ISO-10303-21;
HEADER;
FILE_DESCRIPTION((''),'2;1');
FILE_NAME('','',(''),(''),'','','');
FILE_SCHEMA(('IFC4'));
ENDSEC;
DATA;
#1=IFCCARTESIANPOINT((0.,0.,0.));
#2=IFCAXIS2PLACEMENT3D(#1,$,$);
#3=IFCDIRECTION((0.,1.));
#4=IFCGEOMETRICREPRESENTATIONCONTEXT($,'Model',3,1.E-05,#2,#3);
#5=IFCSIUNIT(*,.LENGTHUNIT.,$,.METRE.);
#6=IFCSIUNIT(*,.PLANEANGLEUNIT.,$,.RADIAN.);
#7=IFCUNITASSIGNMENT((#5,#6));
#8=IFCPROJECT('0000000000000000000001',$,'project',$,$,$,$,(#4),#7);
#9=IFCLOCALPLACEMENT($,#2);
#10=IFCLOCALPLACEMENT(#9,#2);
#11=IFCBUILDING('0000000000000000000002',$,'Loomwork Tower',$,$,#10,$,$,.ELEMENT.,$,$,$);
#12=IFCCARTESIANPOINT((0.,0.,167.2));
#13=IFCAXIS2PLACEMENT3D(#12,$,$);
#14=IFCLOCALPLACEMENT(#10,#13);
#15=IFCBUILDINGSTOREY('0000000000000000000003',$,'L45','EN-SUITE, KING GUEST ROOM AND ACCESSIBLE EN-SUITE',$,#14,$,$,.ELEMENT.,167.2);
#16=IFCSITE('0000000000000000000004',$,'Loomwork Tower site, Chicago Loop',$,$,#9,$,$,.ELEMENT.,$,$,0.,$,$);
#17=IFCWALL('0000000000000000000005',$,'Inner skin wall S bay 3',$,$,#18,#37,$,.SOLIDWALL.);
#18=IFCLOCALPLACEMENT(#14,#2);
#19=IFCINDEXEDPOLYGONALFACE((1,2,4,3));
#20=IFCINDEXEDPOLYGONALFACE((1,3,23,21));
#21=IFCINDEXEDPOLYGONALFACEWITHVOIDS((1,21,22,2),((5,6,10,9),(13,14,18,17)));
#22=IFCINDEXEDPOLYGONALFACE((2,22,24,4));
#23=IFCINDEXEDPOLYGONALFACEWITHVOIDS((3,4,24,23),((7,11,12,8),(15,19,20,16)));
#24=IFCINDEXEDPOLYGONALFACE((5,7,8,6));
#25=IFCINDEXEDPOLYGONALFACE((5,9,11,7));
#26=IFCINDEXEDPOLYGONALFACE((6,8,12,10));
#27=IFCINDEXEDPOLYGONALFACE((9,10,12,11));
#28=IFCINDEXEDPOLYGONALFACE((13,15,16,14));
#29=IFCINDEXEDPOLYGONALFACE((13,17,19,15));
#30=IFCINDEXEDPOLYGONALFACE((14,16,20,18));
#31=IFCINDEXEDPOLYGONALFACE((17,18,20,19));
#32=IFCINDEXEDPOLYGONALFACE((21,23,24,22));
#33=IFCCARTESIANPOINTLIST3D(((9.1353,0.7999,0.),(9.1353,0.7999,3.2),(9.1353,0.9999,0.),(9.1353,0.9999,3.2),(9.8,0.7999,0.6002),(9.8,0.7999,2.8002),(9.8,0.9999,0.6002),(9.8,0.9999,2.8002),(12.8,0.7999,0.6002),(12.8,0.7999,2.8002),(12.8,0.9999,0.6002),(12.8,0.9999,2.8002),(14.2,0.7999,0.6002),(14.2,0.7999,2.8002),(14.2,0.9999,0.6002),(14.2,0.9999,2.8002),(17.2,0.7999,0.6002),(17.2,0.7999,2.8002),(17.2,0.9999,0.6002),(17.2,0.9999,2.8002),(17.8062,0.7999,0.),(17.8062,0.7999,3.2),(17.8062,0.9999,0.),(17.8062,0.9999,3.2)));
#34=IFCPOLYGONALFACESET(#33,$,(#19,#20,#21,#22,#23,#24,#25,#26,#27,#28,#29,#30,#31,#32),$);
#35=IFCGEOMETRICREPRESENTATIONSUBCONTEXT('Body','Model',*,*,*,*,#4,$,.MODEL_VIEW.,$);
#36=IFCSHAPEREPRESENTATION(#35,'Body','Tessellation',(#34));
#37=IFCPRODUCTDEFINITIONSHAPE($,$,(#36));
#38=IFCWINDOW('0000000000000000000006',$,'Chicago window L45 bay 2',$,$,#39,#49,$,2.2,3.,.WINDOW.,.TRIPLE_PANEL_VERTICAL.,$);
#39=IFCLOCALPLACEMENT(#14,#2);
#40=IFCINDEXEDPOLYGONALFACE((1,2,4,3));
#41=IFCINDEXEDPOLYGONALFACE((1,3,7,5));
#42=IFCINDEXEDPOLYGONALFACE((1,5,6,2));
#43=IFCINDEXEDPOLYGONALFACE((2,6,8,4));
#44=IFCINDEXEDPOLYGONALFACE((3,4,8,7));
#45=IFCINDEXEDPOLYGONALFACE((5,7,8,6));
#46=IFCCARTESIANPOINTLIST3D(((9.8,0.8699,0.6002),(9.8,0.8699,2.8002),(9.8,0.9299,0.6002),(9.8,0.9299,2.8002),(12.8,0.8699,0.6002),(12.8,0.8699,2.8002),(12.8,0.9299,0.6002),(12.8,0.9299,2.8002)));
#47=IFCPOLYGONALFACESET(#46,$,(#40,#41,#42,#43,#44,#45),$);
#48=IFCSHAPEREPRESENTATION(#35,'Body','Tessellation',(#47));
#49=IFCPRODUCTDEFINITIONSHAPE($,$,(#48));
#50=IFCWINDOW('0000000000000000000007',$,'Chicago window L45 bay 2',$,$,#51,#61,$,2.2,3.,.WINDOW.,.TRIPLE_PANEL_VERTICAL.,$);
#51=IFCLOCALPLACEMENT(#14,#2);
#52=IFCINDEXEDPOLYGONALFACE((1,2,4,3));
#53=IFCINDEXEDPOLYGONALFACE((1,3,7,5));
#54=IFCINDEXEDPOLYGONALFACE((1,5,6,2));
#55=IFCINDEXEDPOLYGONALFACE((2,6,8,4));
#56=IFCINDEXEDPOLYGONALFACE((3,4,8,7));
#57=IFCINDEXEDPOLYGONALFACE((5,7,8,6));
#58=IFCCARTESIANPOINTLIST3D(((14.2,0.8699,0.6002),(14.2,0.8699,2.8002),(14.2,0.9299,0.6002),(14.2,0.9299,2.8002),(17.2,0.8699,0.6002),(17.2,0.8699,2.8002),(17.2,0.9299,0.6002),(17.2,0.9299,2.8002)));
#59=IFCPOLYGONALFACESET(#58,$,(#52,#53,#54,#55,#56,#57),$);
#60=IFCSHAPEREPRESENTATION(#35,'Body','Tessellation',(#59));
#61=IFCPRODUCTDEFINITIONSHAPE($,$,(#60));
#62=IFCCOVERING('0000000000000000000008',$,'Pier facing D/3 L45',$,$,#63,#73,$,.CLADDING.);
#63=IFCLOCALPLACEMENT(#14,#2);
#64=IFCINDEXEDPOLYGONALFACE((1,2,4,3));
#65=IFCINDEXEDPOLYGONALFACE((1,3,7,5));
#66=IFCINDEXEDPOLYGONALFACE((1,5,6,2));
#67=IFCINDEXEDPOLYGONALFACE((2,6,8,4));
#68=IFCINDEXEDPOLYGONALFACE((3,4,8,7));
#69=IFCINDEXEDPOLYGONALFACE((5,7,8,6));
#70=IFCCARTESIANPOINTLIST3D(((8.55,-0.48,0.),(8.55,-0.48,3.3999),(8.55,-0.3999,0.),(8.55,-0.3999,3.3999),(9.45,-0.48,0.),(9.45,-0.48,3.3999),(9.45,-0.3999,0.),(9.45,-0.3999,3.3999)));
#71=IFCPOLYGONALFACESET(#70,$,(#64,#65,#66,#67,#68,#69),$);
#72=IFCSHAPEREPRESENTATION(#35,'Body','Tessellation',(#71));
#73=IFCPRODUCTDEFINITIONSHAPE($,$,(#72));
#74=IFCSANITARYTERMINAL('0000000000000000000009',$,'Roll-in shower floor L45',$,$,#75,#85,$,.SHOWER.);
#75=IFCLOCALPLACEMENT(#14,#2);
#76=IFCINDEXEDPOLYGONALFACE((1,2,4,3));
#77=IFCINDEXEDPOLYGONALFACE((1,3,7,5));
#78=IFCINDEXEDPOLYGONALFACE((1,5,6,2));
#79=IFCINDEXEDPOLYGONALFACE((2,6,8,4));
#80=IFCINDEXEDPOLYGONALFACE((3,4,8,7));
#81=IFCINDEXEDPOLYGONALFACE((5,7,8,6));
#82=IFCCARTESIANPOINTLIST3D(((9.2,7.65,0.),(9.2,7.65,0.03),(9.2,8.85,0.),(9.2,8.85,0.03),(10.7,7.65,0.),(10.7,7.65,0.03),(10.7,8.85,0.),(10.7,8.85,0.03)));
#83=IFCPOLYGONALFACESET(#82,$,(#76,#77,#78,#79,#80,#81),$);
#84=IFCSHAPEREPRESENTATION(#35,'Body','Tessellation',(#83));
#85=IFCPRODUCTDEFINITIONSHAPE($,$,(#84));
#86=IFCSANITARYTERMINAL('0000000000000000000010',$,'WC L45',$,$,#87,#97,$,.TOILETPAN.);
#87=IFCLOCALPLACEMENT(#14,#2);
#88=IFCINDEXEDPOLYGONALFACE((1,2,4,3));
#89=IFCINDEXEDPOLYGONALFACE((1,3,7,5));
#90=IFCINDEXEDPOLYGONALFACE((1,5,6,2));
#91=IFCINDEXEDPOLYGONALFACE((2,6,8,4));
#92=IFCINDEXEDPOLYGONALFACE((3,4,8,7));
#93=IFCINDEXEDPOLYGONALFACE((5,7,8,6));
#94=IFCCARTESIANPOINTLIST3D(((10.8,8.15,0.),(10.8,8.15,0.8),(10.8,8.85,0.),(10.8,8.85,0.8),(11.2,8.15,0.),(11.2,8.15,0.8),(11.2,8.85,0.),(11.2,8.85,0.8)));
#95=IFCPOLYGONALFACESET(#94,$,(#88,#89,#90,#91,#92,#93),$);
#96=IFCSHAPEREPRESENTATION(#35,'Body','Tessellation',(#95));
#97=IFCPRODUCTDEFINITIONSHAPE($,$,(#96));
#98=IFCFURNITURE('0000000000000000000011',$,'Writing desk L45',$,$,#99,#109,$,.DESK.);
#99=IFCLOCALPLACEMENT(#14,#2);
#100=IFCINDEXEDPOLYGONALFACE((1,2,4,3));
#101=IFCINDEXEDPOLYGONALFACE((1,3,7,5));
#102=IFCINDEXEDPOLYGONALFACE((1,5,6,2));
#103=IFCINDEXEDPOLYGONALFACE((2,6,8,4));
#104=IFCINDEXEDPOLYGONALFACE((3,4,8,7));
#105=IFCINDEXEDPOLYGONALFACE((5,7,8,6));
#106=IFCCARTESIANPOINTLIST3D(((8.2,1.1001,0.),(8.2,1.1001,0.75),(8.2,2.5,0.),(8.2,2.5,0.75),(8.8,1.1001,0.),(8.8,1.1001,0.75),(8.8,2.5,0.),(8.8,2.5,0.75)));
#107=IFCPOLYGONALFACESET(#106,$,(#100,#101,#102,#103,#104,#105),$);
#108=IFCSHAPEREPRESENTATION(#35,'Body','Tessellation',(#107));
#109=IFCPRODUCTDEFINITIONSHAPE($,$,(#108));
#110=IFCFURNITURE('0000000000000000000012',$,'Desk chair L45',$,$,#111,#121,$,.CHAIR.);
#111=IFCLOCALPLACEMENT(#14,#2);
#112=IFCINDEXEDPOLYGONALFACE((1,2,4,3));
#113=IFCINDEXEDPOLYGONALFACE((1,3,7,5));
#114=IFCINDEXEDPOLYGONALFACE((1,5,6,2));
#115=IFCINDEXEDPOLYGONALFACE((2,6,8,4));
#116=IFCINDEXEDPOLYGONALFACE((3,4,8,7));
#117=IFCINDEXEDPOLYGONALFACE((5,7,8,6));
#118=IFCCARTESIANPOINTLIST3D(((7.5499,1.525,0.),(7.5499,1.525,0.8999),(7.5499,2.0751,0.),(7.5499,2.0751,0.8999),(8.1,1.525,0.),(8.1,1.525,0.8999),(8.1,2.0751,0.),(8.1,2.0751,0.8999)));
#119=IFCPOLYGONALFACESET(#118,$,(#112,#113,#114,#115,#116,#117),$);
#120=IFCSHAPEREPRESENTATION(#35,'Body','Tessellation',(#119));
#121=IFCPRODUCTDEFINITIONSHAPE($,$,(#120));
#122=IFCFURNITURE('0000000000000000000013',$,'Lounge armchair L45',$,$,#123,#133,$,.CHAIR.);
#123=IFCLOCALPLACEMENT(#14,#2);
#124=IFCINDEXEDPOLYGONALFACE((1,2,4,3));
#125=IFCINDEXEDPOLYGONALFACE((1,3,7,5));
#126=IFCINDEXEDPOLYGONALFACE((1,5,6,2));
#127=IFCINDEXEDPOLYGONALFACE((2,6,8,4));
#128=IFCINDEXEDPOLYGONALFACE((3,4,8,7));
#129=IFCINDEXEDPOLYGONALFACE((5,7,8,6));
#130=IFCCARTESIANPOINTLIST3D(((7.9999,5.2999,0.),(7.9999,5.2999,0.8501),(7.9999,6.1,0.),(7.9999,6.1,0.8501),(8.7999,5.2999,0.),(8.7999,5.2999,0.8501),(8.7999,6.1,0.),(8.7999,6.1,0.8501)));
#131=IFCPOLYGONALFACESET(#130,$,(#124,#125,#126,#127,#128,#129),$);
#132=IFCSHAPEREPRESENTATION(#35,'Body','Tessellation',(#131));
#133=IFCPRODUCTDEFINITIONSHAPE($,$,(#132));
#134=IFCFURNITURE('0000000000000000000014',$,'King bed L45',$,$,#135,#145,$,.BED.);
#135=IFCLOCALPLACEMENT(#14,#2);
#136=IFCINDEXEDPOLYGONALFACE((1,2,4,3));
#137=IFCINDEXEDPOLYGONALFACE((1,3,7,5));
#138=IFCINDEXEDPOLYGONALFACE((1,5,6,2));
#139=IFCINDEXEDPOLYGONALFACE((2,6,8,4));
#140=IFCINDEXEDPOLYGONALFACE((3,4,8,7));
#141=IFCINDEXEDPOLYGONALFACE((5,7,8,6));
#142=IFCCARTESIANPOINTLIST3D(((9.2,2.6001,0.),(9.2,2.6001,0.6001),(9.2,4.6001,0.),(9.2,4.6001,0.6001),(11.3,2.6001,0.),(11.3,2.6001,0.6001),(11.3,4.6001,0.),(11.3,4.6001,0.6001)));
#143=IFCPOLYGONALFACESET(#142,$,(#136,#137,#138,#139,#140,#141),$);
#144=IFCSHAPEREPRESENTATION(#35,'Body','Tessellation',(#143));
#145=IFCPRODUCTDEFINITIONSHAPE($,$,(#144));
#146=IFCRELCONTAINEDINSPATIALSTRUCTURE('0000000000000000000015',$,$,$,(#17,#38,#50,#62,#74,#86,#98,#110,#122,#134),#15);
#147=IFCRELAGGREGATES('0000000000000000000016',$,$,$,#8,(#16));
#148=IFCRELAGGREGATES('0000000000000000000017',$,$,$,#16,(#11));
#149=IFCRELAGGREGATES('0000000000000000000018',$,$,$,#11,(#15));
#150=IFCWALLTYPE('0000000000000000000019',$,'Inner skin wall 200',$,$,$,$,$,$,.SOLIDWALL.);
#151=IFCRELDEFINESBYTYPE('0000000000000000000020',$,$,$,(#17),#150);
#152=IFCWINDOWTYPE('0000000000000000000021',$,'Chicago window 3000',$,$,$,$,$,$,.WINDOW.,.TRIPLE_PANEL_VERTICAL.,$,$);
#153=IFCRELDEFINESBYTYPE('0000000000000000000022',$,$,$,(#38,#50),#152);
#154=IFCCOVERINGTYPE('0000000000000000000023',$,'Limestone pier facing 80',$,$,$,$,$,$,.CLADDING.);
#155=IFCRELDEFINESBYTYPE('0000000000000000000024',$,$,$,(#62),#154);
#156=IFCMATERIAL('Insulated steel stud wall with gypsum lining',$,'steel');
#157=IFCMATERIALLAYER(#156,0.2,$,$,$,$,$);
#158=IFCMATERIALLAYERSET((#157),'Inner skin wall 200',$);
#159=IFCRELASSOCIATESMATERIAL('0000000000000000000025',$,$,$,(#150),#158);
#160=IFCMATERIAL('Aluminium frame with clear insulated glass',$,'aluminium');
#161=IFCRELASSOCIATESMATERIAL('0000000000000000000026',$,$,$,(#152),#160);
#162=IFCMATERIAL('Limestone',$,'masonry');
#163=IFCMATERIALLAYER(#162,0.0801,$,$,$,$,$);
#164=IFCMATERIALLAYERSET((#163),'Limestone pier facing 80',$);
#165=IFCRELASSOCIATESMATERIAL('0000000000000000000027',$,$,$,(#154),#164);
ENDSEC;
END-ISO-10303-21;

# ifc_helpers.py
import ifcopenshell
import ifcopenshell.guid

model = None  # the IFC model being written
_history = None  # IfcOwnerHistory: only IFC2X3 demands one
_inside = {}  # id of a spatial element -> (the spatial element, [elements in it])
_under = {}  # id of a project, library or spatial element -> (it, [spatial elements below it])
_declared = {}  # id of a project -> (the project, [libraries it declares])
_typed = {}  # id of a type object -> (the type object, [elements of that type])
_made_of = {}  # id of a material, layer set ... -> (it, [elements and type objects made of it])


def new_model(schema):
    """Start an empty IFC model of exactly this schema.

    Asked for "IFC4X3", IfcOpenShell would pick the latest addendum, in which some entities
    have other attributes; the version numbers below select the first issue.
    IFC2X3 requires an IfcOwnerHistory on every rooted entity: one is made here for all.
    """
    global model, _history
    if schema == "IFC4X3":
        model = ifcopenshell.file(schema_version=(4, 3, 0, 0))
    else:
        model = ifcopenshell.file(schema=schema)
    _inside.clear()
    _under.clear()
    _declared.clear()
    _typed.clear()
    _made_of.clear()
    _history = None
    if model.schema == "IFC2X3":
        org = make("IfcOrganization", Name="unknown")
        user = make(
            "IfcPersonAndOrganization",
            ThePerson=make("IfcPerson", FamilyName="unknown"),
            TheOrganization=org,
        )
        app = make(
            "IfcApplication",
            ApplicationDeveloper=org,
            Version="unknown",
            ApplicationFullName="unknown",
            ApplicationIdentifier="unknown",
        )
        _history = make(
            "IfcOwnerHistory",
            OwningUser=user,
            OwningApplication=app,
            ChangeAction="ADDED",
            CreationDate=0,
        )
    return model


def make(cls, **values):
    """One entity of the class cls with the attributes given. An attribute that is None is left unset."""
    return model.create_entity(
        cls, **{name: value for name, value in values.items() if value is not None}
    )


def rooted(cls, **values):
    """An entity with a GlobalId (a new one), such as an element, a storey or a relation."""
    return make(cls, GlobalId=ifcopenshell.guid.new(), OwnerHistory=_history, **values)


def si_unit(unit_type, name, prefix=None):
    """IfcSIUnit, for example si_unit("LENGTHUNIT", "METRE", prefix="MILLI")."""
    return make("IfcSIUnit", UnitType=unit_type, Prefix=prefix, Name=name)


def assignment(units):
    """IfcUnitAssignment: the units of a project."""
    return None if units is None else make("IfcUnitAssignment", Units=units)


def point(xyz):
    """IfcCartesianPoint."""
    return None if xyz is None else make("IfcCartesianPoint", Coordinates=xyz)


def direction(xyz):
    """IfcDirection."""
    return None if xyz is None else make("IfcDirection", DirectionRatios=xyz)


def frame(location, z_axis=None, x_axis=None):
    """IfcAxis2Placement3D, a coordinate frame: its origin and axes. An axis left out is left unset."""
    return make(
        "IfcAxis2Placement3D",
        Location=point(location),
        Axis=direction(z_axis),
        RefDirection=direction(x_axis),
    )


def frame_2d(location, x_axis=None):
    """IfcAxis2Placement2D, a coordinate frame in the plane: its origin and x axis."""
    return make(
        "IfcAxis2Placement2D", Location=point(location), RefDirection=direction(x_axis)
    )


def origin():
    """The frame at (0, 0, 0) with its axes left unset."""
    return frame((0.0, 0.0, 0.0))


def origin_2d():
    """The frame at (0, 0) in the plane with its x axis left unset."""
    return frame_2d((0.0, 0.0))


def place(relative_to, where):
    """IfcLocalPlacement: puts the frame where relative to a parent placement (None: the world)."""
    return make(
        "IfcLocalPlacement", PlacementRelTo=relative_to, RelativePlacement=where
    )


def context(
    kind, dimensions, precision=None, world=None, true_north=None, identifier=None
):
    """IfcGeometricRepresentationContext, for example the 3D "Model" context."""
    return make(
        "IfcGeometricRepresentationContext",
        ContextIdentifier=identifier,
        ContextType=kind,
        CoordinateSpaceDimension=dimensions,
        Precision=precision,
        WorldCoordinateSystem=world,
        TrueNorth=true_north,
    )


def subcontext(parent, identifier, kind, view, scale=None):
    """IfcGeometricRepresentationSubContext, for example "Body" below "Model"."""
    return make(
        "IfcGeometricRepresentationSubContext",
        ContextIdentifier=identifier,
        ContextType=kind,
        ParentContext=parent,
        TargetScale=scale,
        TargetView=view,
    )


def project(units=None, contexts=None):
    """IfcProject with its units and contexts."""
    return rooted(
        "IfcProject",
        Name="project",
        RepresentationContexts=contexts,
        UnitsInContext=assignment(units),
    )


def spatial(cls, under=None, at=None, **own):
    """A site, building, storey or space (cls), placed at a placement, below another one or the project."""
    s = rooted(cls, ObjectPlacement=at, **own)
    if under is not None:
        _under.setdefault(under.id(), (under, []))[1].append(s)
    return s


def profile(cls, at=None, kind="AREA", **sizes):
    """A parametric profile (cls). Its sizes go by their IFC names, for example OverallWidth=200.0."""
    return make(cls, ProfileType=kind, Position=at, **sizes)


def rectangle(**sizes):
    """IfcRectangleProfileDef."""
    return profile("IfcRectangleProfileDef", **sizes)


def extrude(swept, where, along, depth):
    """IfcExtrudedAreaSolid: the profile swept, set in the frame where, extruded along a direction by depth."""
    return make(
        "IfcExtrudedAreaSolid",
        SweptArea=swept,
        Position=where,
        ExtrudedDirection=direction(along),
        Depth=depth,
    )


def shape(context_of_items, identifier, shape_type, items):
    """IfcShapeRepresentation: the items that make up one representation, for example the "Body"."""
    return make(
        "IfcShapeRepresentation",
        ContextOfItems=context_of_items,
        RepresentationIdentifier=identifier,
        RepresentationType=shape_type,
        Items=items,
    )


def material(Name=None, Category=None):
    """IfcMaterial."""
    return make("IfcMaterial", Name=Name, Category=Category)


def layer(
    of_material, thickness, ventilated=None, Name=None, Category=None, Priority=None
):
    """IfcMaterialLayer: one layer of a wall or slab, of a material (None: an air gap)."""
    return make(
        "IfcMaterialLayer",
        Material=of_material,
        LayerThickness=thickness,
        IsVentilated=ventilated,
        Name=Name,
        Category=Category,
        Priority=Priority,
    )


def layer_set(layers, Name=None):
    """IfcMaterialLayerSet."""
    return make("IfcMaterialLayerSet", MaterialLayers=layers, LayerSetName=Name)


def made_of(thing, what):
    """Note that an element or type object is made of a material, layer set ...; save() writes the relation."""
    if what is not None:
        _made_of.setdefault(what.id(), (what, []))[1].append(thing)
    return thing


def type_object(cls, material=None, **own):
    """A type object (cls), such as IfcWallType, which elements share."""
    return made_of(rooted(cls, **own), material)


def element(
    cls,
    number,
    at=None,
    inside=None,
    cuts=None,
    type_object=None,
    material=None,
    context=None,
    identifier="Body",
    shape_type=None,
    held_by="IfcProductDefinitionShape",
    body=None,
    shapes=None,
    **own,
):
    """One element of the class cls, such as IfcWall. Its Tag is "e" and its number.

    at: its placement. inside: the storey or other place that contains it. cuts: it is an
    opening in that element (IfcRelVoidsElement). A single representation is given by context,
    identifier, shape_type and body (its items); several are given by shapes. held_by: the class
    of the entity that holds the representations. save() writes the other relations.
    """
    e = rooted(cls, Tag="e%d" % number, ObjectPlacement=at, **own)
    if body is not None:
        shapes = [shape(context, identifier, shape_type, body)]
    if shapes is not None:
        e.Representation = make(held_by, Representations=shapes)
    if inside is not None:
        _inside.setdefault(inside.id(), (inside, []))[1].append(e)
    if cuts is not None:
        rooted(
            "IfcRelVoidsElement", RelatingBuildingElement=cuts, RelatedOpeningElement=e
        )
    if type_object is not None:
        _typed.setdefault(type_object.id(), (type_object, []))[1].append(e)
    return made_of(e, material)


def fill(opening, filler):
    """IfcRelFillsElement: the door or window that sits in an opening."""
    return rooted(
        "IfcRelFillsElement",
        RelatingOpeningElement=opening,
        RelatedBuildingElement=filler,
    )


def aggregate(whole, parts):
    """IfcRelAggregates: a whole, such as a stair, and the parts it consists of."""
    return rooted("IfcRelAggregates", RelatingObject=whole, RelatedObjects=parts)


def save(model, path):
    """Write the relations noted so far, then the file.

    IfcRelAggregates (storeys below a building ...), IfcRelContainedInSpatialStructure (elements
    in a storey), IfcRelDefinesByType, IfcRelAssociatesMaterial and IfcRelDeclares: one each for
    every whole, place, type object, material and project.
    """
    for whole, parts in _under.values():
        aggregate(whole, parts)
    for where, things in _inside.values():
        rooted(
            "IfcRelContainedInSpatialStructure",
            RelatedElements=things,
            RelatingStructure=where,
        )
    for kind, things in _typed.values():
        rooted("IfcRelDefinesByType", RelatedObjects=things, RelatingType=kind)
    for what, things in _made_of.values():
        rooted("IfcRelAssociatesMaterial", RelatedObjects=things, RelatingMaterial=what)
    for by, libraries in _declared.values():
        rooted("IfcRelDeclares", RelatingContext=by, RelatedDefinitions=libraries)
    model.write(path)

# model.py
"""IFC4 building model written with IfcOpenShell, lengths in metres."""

from ifc_helpers import new_model, si_unit, direction, frame, frame_2d, origin, origin_2d, place, context, subcontext, project, spatial, rectangle, extrude, material, layer, layer_set, type_object, element, fill, save


model = new_model("IFC4")

# Units and contexts
model_context = context("Model", 3, precision=1e-05, world=origin(), true_north=direction((0.0, 1.0)))
body_context = subcontext(model_context, "Body", "Model", "MODEL_VIEW")
ifc_project = project(units=[si_unit("LENGTHUNIT", "METRE"), si_unit("PLANEANGLEUNIT", "RADIAN")], contexts=[model_context])

# Site, building, storey
site_placement = place(None, origin())
site = spatial("IfcSite", under=ifc_project, at=site_placement, Name="Loomwork Tower site, Chicago Loop", CompositionType="ELEMENT", RefElevation=0.0)
building_placement = place(site_placement, origin())
building = spatial("IfcBuilding", under=site, at=building_placement, Name="Loomwork Tower", CompositionType="ELEMENT")
storey_placement = place(building_placement, frame((0.0, 0.0, 167.2)))
storey = spatial("IfcBuildingStorey", under=building, at=storey_placement, Name="L45", Description="EN-SUITE, KING GUEST ROOM AND ACCESSIBLE EN-SUITE", CompositionType="ELEMENT", Elevation=167.2)

# Shared definitions
ifc_material_1 = material(Name="Insulated steel stud wall with gypsum lining", Category="steel")
ifc_layer_1 = layer(ifc_material_1, 0.2)
ifc_layer_set_1 = layer_set([ifc_layer_1], Name="Inner skin wall 200")
wall_type_1 = type_object("IfcWallType", Name="Inner skin wall 200", PredefinedType="SOLIDWALL", material=ifc_layer_set_1)

# Wall, openings, windows
wall_1_placement = place(storey_placement, frame((9.1353, 0.8999, 0.0), z_axis=(0.0, 0.0, 1.0), x_axis=(1.0, 0.0, 0.0)))
wall_1 = element("IfcWall", 1, at=wall_1_placement, inside=storey, type_object=wall_type_1, Name="Inner skin wall S bay 3", PredefinedType="SOLIDWALL", context=body_context, shape_type="SweptSolid", body=[
    extrude(rectangle(XDim=8.6709, YDim=0.2, at=frame_2d((4.3354, 0.0))), origin(), (0.0, 0.0, 1.0), 3.2),
])
opening_1_placement = place(wall_1_placement, frame((0.6648, 0.0, 0.6001)))
opening_1 = element("IfcOpeningElement", 2, at=opening_1_placement, cuts=wall_1, PredefinedType="OPENING", context=body_context, shape_type="SweptSolid", body=[
    extrude(rectangle(XDim=3.0, YDim=2.2, at=frame_2d((1.5, 1.1001))), frame((0.0, 0.1099, 0.0), z_axis=(0.0, -1.0, 0.0), x_axis=(1.0, 0.0, 0.0)), (0.0, 0.0, 1.0), 0.22),
])
opening_2_placement = place(wall_1_placement, frame((5.0647, 0.0, 0.6001)))
opening_2 = element("IfcOpeningElement", 3, at=opening_2_placement, cuts=wall_1, PredefinedType="OPENING", context=body_context, shape_type="SweptSolid", body=[
    extrude(rectangle(XDim=3.0, YDim=2.2, at=frame_2d((1.5, 1.1001))), frame((0.0, 0.1099, 0.0), z_axis=(0.0, -1.0, 0.0), x_axis=(1.0, 0.0, 0.0)), (0.0, 0.0, 1.0), 0.22),
])
ifc_material_2 = material(Name="Aluminium frame with clear insulated glass", Category="aluminium")
window_type = type_object("IfcWindowType", Name="Chicago window 3000", PartitioningType="TRIPLE_PANEL_VERTICAL", PredefinedType="WINDOW", material=ifc_material_2)
window_1_placement = place(opening_1_placement, origin())
window_1 = element("IfcWindow", 4, at=window_1_placement, inside=storey, type_object=window_type, Name="Chicago window L45 bay 2", OverallHeight=2.2, OverallWidth=3.0, PartitioningType="TRIPLE_PANEL_VERTICAL", PredefinedType="WINDOW", context=body_context, shape_type="SweptSolid", body=[
    extrude(rectangle(XDim=3.0, YDim=2.2, at=frame_2d((1.5, 1.1001))), frame((0.0, 0.03, 0.0), z_axis=(0.0, -1.0, 0.0), x_axis=(1.0, 0.0, 0.0)), (0.0, 0.0, 1.0), 0.0601),
])
fill(opening_1, window_1)
window_2_placement = place(opening_2_placement, origin())
window_2 = element("IfcWindow", 5, at=window_2_placement, inside=storey, type_object=window_type, Name="Chicago window L45 bay 2", OverallHeight=2.2, OverallWidth=3.0, PartitioningType="TRIPLE_PANEL_VERTICAL", PredefinedType="WINDOW", context=body_context, shape_type="SweptSolid", body=[
    extrude(rectangle(XDim=3.0, YDim=2.2, at=frame_2d((1.5, 1.1001))), frame((0.0, 0.03, 0.0), z_axis=(0.0, -1.0, 0.0), x_axis=(1.0, 0.0, 0.0)), (0.0, 0.0, 1.0), 0.0601),
])
fill(opening_2, window_2)

# Covering
ifc_material_3 = material(Name="Limestone", Category="masonry")
ifc_layer_2 = layer(ifc_material_3, 0.0801)
ifc_layer_set_2 = layer_set([ifc_layer_2], Name="Limestone pier facing 80")
covering_type = type_object("IfcCoveringType", Name="Limestone pier facing 80", PredefinedType="CLADDING", material=ifc_layer_set_2)
covering_placement = place(storey_placement, frame((9.0, -0.4399, 0.0), z_axis=(0.0, 0.0, 1.0), x_axis=(1.0, 0.0, 0.0)))
element("IfcCovering", 6, at=covering_placement, inside=storey, type_object=covering_type, Name="Pier facing D/3 L45", PredefinedType="CLADDING", context=body_context, shape_type="SweptSolid", body=[
    extrude(rectangle(XDim=0.8999, YDim=0.0801, at=origin_2d()), origin(), (0.0, 0.0, 1.0), 3.3999),
])

# Sanitary terminals
sanitary_terminal_1_placement = place(storey_placement, frame((9.95, 8.25, 0.0), z_axis=(0.0, 0.0, 1.0), x_axis=(1.0, 0.0, 0.0)))
element("IfcSanitaryTerminal", 7, at=sanitary_terminal_1_placement, inside=storey, Name="Roll-in shower floor L45", PredefinedType="SHOWER", context=body_context, shape_type="SweptSolid", body=[
    extrude(rectangle(XDim=1.5, YDim=1.2, at=origin_2d()), origin(), (0.0, 0.0, 1.0), 0.03),
])
sanitary_terminal_2_placement = place(storey_placement, frame((11.0, 8.5, 0.0), z_axis=(0.0, 0.0, 1.0), x_axis=(1.0, 0.0, 0.0)))
element("IfcSanitaryTerminal", 8, at=sanitary_terminal_2_placement, inside=storey, Name="WC L45", PredefinedType="TOILETPAN", context=body_context, shape_type="SweptSolid", body=[
    extrude(rectangle(XDim=0.3999, YDim=0.7, at=origin_2d()), origin(), (0.0, 0.0, 1.0), 0.8),
])

# Furniture
furniture_1_placement = place(storey_placement, frame((8.5, 1.8, 0.0), z_axis=(0.0, 0.0, 1.0), x_axis=(1.0, 0.0, 0.0)))
element("IfcFurniture", 9, at=furniture_1_placement, inside=storey, Name="Writing desk L45", PredefinedType="DESK", context=body_context, shape_type="SweptSolid", body=[
    extrude(rectangle(XDim=0.6001, YDim=1.3999, at=origin_2d()), origin(), (0.0, 0.0, 1.0), 0.75),
])
furniture_2_placement = place(storey_placement, frame((7.825, 1.8, 0.0), z_axis=(0.0, 0.0, 1.0), x_axis=(1.0, 0.0, 0.0)))
element("IfcFurniture", 10, at=furniture_2_placement, inside=storey, Name="Desk chair L45", PredefinedType="CHAIR", context=body_context, shape_type="SweptSolid", body=[
    extrude(rectangle(XDim=0.55, YDim=0.55, at=origin_2d()), origin(), (0.0, 0.0, 1.0), 0.8999),
])
furniture_3_placement = place(storey_placement, frame((8.3999, 5.7, 0.0), z_axis=(0.0, 0.0, 1.0), x_axis=(1.0, 0.0, 0.0)))
element("IfcFurniture", 11, at=furniture_3_placement, inside=storey, Name="Lounge armchair L45", PredefinedType="CHAIR", context=body_context, shape_type="SweptSolid", body=[
    extrude(rectangle(XDim=0.8, YDim=0.8, at=origin_2d()), origin(), (0.0, 0.0, 1.0), 0.8501),
])
furniture_4_placement = place(storey_placement, frame((10.25, 3.6001, 0.0), z_axis=(0.0, 0.0, 1.0), x_axis=(1.0, 0.0, 0.0)))
element("IfcFurniture", 12, at=furniture_4_placement, inside=storey, Name="King bed L45", PredefinedType="BED", context=body_context, shape_type="SweptSolid", body=[
    extrude(rectangle(XDim=2.1001, YDim=2.0, at=origin_2d()), origin(), (0.0, 0.0, 1.0), 0.6001),
])

save(model, "model.ifc")
